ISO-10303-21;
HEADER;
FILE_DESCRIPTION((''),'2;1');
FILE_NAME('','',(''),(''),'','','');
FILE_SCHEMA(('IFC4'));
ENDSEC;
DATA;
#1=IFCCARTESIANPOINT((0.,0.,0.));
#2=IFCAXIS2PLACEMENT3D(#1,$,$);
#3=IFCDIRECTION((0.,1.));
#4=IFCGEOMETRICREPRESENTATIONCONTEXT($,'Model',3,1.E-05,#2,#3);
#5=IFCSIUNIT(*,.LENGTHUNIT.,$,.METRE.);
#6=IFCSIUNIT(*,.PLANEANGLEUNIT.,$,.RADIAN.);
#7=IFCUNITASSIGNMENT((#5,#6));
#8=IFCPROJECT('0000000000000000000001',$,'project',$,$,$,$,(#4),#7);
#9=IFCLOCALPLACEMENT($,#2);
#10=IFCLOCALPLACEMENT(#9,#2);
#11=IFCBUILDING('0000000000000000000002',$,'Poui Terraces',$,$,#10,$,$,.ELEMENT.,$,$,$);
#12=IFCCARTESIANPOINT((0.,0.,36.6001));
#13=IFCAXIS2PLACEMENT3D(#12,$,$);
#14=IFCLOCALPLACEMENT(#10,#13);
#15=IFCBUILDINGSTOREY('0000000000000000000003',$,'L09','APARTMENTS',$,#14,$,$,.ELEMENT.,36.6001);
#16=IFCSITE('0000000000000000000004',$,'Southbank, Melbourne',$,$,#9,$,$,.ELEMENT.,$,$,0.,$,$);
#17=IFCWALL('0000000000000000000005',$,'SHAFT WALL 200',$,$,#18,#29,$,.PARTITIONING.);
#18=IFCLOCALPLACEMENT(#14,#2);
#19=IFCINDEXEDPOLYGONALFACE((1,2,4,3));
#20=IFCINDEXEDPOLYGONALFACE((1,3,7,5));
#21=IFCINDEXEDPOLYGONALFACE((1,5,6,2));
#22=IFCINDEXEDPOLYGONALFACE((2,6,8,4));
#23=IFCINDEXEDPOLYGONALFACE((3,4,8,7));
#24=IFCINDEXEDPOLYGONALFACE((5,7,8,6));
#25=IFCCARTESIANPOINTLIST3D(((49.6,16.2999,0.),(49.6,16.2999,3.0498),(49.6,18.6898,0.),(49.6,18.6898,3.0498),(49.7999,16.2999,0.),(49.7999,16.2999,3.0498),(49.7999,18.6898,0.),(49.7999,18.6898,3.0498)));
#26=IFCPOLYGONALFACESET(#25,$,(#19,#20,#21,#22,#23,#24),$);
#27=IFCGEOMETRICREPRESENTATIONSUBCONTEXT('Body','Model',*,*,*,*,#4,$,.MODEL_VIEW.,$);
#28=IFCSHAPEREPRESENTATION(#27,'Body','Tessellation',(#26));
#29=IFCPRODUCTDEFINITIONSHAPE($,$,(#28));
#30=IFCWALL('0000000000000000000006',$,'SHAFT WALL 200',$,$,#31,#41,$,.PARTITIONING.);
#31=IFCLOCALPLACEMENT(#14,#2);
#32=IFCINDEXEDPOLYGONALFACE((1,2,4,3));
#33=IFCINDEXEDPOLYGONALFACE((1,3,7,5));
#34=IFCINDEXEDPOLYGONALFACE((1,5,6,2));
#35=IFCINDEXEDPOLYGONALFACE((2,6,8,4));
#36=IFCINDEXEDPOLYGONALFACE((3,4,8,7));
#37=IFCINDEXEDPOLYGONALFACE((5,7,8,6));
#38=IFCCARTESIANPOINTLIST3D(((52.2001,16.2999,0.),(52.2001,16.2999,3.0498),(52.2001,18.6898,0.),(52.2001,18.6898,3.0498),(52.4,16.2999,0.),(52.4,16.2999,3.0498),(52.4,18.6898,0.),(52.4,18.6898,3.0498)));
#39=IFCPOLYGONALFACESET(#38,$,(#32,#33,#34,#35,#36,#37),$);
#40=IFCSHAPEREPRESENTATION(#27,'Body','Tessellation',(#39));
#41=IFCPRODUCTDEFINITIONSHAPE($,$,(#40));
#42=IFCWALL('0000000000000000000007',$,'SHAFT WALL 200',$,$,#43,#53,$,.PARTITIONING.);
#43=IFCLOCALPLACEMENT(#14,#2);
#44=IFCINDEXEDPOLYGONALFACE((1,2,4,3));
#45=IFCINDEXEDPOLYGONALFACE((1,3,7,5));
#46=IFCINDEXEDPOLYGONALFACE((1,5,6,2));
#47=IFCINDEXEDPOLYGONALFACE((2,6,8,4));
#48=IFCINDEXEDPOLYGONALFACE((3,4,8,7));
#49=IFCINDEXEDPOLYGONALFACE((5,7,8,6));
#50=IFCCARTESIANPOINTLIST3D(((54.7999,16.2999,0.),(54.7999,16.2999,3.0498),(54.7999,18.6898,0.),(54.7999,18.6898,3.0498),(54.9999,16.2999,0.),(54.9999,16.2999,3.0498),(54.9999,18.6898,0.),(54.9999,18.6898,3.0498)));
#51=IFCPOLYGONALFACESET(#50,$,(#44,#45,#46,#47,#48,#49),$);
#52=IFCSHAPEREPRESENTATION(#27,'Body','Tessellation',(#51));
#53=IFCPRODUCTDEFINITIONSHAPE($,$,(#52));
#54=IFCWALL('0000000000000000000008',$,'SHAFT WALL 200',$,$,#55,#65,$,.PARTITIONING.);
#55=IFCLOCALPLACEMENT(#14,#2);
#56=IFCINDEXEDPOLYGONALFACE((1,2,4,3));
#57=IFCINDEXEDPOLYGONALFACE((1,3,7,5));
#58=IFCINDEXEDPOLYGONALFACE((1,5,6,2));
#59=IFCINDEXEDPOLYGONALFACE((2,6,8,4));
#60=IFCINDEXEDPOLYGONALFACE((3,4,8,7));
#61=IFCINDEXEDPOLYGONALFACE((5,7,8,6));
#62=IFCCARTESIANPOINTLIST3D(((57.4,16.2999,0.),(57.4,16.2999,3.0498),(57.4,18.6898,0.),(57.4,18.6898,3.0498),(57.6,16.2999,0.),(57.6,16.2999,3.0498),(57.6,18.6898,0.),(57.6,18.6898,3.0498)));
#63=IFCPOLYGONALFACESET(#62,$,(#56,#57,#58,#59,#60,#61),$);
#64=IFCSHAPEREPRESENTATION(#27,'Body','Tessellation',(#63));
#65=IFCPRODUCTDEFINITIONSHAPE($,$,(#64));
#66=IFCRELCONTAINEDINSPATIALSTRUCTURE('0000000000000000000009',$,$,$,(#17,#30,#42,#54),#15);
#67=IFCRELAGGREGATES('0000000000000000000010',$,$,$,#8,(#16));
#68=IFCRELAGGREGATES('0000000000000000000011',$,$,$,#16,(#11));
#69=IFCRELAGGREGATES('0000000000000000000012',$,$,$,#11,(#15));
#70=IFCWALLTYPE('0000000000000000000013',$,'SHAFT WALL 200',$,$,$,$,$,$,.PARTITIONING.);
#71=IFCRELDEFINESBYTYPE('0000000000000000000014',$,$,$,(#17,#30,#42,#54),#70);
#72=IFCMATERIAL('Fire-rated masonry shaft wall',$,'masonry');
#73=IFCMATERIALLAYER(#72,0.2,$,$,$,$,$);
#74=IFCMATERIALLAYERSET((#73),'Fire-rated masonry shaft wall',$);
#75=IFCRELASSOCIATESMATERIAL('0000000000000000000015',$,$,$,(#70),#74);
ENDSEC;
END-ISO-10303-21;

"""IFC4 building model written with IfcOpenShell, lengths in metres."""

from ifc_helpers import new_model, si_unit, direction, frame, frame_2d, origin, place, context, subcontext, project, spatial, rectangle, extrude, material, layer, layer_set, type_object, element, save


model = new_model("IFC4")

# Units and contexts
model_context = context("Model", 3, precision=1e-05, world=origin(), true_north=direction((0.0, 1.0)))
body_context = subcontext(model_context, "Body", "Model", "MODEL_VIEW")
ifc_project = project(units=[si_unit("LENGTHUNIT", "METRE"), si_unit("PLANEANGLEUNIT", "RADIAN")], contexts=[model_context])

# Site, building, storey
site_placement = place(None, origin())
site = spatial("IfcSite", under=ifc_project, at=site_placement, Name="Southbank, Melbourne", CompositionType="ELEMENT", RefElevation=0.0)
building_placement = place(site_placement, origin())
building = spatial("IfcBuilding", under=site, at=building_placement, Name="Poui Terraces", CompositionType="ELEMENT")
storey_placement = place(building_placement, frame((0.0, 0.0, 36.6001)))
storey = spatial("IfcBuildingStorey", under=building, at=storey_placement, Name="L09", Description="APARTMENTS", CompositionType="ELEMENT", Elevation=36.6001)

# Walls
ifc_material_1 = material(Name="Fire-rated masonry shaft wall", Category="masonry")
ifc_layer_1 = layer(ifc_material_1, 0.2)
ifc_layer_set_1 = layer_set([ifc_layer_1], Name="Fire-rated masonry shaft wall")
wall_type_1 = type_object("IfcWallType", Name="SHAFT WALL 200", PredefinedType="PARTITIONING", material=ifc_layer_set_1)
for number, where, z_axis, x_axis, name in (
    (1, (49.7, 16.3, 0.0), (0.0, 0.0, 1.0), (0.0, 1.0, 0.0), "SHAFT WALL 200"),
    (2, (52.3, 16.3, 0.0), (0.0, 0.0, 1.0), (0.0, 1.0, 0.0), "SHAFT WALL 200"),
    (3, (54.8999, 16.3, 0.0), (0.0, 0.0, 1.0), (0.0, 1.0, 0.0), "SHAFT WALL 200"),
    (4, (57.5, 16.3, 0.0), (0.0, 0.0, 1.0), (0.0, 1.0, 0.0), "SHAFT WALL 200"),
):
    element("IfcWall", number, at=place(storey_placement, frame(where, z_axis=z_axis, x_axis=x_axis)), inside=storey, type_object=wall_type_1, Name=name, PredefinedType="PARTITIONING", context=body_context, shape_type="SweptSolid", body=[
        extrude(rectangle(XDim=2.3899, YDim=0.2, at=frame_2d((1.1948, 0.0))), origin(), (0.0, 0.0, 1.0), 3.0498),
    ])

save(model, "model.ifc")
